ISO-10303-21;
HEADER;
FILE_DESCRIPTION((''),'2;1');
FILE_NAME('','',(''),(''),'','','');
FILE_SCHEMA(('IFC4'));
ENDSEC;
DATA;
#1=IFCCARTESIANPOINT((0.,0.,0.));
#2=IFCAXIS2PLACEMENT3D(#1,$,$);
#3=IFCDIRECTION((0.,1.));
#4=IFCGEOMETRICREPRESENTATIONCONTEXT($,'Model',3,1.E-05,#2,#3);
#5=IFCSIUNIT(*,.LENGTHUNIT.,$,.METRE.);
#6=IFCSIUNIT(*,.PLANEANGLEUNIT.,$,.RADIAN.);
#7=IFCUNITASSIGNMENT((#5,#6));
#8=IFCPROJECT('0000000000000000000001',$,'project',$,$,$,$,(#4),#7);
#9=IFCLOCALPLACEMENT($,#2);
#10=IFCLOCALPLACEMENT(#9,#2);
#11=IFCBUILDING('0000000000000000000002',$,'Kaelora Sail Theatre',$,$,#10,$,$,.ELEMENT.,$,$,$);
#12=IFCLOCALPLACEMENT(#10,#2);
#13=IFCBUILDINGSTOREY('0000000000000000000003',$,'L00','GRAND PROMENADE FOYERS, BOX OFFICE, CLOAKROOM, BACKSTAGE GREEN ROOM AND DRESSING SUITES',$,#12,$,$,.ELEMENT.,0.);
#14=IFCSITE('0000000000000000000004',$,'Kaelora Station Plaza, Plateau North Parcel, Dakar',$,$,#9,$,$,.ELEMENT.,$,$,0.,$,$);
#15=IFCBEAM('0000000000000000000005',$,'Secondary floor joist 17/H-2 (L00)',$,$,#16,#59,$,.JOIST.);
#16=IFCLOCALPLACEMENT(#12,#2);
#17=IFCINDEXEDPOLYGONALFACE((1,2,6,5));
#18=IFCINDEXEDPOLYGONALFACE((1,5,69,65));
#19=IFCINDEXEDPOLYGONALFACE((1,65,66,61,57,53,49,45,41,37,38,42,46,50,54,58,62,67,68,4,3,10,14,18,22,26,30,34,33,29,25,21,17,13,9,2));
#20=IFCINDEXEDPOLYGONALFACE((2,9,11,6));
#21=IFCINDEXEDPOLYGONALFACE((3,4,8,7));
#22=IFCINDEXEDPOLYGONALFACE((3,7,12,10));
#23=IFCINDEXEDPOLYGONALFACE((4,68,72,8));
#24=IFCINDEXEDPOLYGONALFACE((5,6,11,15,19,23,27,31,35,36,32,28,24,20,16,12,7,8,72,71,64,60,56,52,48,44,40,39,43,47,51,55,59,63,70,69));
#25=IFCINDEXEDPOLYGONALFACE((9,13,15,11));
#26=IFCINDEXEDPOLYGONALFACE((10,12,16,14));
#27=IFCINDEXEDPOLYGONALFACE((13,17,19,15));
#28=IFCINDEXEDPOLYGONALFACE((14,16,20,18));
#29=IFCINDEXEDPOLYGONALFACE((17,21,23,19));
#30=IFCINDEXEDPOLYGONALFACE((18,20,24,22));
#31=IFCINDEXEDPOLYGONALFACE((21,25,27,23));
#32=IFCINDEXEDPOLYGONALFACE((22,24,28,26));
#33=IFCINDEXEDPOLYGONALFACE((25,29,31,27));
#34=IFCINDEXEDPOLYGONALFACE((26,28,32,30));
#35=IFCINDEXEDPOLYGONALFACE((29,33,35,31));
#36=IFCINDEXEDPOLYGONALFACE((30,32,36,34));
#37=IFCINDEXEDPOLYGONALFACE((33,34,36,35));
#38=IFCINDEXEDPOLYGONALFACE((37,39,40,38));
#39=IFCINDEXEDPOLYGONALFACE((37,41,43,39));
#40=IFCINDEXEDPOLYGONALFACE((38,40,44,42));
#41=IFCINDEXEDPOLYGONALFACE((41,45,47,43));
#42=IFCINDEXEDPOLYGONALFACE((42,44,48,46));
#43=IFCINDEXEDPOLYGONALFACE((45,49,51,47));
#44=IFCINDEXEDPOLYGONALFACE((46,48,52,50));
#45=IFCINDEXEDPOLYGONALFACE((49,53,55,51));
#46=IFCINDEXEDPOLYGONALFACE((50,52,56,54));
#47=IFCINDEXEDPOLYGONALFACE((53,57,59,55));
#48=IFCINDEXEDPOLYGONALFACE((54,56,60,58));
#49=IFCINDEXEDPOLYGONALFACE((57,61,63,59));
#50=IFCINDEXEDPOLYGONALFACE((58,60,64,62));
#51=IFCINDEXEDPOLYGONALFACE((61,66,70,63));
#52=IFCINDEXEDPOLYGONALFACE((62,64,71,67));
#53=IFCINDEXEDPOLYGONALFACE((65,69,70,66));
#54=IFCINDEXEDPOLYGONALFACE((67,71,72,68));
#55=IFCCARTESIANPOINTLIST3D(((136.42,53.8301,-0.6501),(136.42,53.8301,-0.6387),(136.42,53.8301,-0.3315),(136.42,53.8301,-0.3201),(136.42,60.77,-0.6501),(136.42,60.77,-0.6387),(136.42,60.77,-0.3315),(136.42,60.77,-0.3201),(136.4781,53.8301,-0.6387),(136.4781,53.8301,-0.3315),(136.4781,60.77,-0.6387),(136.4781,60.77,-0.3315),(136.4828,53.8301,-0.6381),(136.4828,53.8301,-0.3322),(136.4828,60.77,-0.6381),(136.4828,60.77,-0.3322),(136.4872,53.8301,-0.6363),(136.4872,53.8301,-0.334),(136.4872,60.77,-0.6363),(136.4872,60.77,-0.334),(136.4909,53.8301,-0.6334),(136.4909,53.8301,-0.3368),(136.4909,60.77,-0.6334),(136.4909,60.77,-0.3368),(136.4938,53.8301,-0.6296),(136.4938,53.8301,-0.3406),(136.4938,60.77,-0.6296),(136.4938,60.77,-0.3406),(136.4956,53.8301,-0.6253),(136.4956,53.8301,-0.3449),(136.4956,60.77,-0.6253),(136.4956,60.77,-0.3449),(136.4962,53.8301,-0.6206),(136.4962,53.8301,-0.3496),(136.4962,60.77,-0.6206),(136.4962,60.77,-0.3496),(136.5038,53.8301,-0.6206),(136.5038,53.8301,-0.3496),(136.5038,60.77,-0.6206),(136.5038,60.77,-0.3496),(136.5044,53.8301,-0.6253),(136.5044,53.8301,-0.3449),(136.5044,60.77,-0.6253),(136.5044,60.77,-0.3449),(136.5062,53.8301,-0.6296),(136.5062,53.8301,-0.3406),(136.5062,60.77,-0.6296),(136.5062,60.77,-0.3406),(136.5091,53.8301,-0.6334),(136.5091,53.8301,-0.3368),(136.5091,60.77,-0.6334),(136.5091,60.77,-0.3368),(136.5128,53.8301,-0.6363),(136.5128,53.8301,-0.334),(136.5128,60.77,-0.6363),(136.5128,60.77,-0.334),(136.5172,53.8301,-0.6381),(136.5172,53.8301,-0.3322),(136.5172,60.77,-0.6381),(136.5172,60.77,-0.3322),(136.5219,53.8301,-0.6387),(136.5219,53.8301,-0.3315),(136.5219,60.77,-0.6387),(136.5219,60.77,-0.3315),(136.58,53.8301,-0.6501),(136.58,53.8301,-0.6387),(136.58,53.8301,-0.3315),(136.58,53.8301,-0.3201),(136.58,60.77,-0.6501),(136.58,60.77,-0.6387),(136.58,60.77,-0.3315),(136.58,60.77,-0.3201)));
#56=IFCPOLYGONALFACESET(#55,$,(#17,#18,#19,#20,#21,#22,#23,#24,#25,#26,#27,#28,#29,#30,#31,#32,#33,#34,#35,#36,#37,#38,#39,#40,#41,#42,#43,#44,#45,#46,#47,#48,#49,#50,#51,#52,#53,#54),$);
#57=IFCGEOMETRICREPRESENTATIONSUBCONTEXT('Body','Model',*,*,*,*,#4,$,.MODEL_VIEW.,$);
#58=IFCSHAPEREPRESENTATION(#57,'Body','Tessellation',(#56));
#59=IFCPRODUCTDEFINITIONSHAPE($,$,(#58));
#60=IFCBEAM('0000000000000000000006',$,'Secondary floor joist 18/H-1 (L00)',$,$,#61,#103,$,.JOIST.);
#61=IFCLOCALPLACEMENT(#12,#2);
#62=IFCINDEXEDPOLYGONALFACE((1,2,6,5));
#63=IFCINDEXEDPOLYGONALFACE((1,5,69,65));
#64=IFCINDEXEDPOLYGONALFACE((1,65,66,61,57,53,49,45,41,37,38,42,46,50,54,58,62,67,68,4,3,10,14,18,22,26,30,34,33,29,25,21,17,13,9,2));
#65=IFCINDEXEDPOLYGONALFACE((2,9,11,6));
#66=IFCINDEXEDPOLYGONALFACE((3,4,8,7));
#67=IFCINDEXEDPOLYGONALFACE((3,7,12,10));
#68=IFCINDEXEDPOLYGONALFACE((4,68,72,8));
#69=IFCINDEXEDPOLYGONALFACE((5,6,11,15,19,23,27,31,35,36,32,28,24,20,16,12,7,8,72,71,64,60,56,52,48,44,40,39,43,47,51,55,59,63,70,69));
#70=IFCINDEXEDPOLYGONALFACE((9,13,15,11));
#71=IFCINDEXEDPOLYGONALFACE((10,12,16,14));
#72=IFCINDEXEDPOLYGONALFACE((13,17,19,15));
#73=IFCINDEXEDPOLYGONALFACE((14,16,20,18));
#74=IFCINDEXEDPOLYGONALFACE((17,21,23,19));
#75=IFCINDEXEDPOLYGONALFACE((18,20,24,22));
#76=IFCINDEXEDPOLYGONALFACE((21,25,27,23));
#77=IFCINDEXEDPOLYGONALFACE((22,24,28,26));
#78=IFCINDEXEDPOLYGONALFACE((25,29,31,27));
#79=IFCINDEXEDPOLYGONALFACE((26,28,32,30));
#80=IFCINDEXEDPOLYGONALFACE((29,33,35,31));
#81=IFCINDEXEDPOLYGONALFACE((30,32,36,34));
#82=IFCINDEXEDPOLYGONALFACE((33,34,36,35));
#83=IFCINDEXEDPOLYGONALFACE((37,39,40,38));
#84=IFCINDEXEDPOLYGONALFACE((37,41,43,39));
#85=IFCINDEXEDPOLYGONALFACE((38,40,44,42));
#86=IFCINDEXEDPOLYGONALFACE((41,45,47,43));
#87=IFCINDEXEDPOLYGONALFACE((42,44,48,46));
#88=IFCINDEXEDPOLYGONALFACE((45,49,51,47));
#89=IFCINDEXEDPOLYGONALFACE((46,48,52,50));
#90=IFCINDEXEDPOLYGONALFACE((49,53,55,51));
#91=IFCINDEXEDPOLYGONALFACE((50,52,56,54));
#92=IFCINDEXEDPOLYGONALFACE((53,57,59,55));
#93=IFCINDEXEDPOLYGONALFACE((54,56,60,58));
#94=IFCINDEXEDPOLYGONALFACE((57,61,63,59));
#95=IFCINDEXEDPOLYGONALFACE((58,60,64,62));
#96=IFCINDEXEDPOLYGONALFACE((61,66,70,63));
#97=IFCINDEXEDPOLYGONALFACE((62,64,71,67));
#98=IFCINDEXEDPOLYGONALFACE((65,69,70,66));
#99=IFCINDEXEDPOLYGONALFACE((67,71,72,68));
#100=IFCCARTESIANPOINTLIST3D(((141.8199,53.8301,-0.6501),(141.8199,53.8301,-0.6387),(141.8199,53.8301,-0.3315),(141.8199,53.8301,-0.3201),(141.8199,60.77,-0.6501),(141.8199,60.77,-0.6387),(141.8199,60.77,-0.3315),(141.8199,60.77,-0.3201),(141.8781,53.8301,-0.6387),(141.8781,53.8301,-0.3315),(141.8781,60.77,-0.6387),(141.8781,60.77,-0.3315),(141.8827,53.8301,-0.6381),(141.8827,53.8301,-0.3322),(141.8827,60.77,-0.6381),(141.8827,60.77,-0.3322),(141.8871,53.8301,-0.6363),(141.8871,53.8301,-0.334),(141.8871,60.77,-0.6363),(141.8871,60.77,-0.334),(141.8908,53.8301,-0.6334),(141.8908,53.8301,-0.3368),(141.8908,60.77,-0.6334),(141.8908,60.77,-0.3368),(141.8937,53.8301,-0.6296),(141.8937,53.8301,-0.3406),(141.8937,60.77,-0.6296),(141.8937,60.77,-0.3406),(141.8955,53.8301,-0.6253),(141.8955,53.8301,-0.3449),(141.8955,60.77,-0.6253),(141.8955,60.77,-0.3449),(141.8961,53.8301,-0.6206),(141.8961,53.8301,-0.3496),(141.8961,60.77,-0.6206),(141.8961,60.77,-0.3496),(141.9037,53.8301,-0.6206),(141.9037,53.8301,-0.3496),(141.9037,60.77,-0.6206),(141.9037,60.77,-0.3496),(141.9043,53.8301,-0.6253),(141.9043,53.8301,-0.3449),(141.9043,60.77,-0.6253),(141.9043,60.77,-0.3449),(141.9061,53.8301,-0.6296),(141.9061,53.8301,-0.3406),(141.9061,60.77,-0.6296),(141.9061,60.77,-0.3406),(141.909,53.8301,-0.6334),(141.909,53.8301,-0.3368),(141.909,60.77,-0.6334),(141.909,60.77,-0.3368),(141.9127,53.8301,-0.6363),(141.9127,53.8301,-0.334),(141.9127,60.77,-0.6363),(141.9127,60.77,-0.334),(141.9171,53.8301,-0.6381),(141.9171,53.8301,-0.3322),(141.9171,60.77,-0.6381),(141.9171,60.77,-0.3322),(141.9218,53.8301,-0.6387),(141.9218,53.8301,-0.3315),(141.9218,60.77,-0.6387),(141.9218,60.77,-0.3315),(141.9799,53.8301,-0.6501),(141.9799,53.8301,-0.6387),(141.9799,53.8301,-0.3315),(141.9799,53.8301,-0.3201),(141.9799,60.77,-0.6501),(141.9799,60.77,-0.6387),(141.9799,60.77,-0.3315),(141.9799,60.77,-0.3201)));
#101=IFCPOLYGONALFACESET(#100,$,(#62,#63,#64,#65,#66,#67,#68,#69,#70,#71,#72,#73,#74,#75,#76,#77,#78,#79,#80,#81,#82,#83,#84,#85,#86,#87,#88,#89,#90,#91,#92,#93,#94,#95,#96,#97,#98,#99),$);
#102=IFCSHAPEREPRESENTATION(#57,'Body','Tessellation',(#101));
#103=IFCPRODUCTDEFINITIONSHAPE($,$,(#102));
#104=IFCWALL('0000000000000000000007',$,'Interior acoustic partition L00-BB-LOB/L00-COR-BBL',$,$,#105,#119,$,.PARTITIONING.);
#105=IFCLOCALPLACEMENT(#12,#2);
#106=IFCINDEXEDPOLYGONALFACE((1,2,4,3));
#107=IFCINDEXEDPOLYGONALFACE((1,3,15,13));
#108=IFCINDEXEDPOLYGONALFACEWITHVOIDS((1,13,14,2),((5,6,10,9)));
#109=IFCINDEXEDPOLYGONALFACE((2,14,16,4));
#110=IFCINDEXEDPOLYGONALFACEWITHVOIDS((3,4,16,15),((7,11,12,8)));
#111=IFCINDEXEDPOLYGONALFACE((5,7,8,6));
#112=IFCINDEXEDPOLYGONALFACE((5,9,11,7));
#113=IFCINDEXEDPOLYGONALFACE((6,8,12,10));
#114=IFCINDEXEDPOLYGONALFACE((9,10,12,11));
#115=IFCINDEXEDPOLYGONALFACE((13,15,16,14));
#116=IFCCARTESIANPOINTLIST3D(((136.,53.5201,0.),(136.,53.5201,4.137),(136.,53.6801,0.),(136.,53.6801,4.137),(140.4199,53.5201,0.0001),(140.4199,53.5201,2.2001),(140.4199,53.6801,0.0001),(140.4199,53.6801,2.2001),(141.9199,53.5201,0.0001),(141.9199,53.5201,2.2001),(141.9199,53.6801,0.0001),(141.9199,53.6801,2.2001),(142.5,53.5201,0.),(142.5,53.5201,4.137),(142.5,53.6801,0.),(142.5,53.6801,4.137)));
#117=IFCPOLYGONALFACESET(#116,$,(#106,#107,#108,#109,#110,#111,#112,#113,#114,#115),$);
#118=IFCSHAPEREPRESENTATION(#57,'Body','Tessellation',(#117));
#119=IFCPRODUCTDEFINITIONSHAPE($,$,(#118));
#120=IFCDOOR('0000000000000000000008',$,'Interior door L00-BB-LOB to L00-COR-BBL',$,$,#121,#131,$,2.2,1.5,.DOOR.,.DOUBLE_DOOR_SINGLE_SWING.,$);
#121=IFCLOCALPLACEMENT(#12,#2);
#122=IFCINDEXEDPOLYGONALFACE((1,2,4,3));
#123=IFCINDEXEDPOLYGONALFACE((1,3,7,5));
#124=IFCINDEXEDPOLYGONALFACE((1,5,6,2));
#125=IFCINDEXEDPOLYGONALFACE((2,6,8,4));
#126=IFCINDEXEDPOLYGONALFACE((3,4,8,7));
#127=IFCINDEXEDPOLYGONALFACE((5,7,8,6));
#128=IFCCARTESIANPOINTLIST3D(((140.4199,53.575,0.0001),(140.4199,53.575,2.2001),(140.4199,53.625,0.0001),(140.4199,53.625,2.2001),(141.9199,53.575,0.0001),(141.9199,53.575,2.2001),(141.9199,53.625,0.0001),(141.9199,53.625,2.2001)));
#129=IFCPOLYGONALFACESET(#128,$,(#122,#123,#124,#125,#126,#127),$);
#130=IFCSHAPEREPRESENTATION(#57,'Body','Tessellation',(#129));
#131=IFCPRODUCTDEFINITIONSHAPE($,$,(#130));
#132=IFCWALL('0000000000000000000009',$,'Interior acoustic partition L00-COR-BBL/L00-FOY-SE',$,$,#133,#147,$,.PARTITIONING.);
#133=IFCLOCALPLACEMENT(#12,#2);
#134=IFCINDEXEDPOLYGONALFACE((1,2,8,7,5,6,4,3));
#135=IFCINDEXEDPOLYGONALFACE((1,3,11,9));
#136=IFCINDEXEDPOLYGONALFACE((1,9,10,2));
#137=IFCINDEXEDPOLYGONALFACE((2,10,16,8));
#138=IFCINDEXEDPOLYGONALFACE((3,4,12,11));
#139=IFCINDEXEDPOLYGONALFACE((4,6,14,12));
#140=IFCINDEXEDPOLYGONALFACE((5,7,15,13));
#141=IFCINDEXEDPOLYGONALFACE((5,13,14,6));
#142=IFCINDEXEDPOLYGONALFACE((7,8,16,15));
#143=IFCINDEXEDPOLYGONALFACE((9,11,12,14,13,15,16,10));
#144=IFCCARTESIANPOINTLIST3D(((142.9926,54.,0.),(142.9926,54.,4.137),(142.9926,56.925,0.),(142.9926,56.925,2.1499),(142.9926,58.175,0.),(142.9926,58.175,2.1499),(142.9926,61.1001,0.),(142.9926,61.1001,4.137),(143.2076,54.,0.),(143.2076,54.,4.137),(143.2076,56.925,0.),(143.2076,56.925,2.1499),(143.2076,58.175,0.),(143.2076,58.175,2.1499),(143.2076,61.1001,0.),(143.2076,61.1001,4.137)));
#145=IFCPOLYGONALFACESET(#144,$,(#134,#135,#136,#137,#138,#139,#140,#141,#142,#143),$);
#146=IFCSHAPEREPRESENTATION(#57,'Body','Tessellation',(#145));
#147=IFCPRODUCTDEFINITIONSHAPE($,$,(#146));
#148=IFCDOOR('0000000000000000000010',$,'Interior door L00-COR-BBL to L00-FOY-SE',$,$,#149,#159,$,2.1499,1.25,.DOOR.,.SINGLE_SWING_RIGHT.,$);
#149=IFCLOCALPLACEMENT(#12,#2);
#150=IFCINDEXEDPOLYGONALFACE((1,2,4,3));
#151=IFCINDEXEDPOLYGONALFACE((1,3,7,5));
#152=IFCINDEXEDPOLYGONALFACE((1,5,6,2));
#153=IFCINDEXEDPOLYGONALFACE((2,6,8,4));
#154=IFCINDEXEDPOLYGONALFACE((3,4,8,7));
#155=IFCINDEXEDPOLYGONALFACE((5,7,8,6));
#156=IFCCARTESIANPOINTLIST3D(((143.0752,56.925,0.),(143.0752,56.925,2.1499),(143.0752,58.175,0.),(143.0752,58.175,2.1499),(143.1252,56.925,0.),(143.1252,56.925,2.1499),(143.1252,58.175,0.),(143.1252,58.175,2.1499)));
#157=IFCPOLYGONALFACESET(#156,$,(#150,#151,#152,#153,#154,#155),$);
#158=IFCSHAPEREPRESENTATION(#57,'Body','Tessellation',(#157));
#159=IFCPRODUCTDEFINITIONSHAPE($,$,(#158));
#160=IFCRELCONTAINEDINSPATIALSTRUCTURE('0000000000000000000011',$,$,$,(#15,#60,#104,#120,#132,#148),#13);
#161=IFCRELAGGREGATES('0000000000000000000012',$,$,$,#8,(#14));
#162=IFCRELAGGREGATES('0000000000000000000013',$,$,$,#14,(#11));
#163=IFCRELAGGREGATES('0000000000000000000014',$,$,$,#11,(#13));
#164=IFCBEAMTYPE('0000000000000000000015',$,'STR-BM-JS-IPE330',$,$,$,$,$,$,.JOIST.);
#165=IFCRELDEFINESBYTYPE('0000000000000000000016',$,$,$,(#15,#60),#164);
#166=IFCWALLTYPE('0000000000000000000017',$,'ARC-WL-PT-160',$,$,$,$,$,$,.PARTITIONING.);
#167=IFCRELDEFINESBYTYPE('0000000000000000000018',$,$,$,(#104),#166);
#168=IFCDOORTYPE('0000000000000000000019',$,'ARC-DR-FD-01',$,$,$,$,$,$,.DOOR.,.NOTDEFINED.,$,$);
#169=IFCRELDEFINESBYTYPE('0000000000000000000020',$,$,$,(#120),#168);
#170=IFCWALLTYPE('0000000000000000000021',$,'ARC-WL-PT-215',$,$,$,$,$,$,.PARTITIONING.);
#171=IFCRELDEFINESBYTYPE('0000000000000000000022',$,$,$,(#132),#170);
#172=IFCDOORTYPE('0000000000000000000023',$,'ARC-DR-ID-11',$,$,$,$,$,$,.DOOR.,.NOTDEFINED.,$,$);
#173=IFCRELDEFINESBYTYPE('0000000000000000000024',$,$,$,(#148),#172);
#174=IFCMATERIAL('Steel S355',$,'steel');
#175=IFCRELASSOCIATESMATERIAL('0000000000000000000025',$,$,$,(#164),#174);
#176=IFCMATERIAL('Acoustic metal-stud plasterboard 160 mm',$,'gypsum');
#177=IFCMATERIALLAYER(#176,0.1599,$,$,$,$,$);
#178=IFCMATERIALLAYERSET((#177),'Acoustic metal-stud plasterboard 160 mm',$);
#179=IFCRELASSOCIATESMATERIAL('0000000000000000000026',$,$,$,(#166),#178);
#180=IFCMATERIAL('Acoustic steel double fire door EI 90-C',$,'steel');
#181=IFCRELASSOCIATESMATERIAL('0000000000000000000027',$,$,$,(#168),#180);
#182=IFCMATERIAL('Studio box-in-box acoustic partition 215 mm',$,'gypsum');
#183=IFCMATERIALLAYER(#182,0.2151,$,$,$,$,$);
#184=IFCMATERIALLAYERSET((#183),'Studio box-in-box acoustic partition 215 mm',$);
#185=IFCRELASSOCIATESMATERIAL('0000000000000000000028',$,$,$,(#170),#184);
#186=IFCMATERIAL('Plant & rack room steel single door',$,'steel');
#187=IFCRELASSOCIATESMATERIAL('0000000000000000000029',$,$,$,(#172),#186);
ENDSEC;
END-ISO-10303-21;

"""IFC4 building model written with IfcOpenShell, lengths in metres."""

from ifc_helpers import new_model, si_unit, direction, frame, frame_2d, origin, origin_2d, place, context, subcontext, project, spatial, rectangle, i_section, extrude, material, layer, layer_set, material_profile, profile_set, type_object, element, fill, save


model = new_model("IFC4")

# Units and contexts
model_context = context("Model", 3, precision=1e-05, world=origin(), true_north=direction((0.0, 1.0)))
body_context = subcontext(model_context, "Body", "Model", "MODEL_VIEW")
ifc_project = project(units=[si_unit("LENGTHUNIT", "METRE"), si_unit("PLANEANGLEUNIT", "RADIAN")], contexts=[model_context])

# Site, building, storey
site_placement = place(None, origin())
site = spatial("IfcSite", under=ifc_project, at=site_placement, Name="Kaelora Station Plaza, Plateau North Parcel, Dakar", CompositionType="ELEMENT", RefElevation=0.0)
building_placement = place(site_placement, origin())
building = spatial("IfcBuilding", under=site, at=building_placement, Name="Kaelora Sail Theatre", CompositionType="ELEMENT")
storey_placement = place(building_placement, origin())
storey = spatial("IfcBuildingStorey", under=building, at=storey_placement, Name="L00", Description="GRAND PROMENADE FOYERS, BOX OFFICE, CLOAKROOM, BACKSTAGE GREEN ROOM AND DRESSING SUITES", CompositionType="ELEMENT", Elevation=0.0)

# Beams
ifc_material_1 = material(Name="Steel S355", Category="steel")
ifc_material_profile_1 = material_profile(ifc_material_1, i_section(OverallWidth=0.1599, OverallDepth=0.3301, WebThickness=0.0076, FlangeThickness=0.0115, FilletRadius=0.0181, at=origin_2d()), Name="IPE 330")
ifc_profile_set_1 = profile_set([ifc_material_profile_1], Name="Steel S355")
beam_type_1 = type_object("IfcBeamType", Name="STR-BM-JS-IPE330", PredefinedType="JOIST", material=ifc_profile_set_1)
for number, where, z_axis, x_axis, name in (
    (1, (136.5, 53.8301, -0.4851), (0.0, 1.0, 0.0), (-1.0, 0.0, 0.0), "Secondary floor joist 17/H-2 (L00)"),
    (2, (141.8999, 53.8301, -0.4851), (0.0, 1.0, 0.0), (-1.0, 0.0, 0.0), "Secondary floor joist 18/H-1 (L00)"),
):
    element("IfcBeam", number, at=place(storey_placement, frame(where, z_axis=z_axis, x_axis=x_axis)), inside=storey, type_object=beam_type_1, Name=name, PredefinedType="JOIST", context=body_context, shape_type="SweptSolid", body=[
        extrude(i_section(OverallWidth=0.1599, OverallDepth=0.3301, WebThickness=0.0076, FlangeThickness=0.0115, FilletRadius=0.0181, at=origin_2d()), origin(), (0.0, 0.0, 1.0), 6.9399),
    ])

# Walls, openings, doors
ifc_material_2 = material(Name="Acoustic metal-stud plasterboard 160 mm", Category="gypsum")
ifc_layer_1 = layer(ifc_material_2, 0.1599)
ifc_layer_set_1 = layer_set([ifc_layer_1], Name="Acoustic metal-stud plasterboard 160 mm")
wall_type_1 = type_object("IfcWallType", Name="ARC-WL-PT-160", PredefinedType="PARTITIONING", material=ifc_layer_set_1)
wall_1_placement = place(storey_placement, frame((136.0, 53.6001, 0.0), z_axis=(0.0, 0.0, 1.0), x_axis=(1.0, 0.0, 0.0)))
wall_1 = element("IfcWall", 3, at=wall_1_placement, inside=storey, type_object=wall_type_1, Name="Interior acoustic partition L00-BB-LOB/L00-COR-BBL", PredefinedType="PARTITIONING", context=body_context, shape_type="SweptSolid", body=[
    extrude(rectangle(XDim=6.5, YDim=0.1599, at=frame_2d((3.25, 0.0))), origin(), (0.0, 0.0, 1.0), 4.137),
])
opening_1_placement = place(wall_1_placement, frame((4.4199, 0.0, 0.0)))
opening_1 = element("IfcOpeningElement", 4, at=opening_1_placement, cuts=wall_1, PredefinedType="OPENING", context=body_context, shape_type="SweptSolid", body=[
    extrude(rectangle(XDim=1.5, YDim=2.2, at=frame_2d((0.75, 1.1001))), frame((0.0, 0.0901, 0.0), z_axis=(0.0, -1.0, 0.0), x_axis=(1.0, 0.0, 0.0)), (0.0, 0.0, 1.0), 0.1799),
])
ifc_material_3 = material(Name="Acoustic steel double fire door EI 90-C", Category="steel")
door_type_1 = type_object("IfcDoorType", Name="ARC-DR-FD-01", OperationType="NOTDEFINED", PredefinedType="DOOR", material=ifc_material_3)
door_1_placement = place(opening_1_placement, origin())
door_1 = element("IfcDoor", 5, at=door_1_placement, inside=storey, type_object=door_type_1, Name="Interior door L00-BB-LOB to L00-COR-BBL", OperationType="DOUBLE_DOOR_SINGLE_SWING", OverallHeight=2.2, OverallWidth=1.5, PredefinedType="DOOR", context=body_context, shape_type="SweptSolid", body=[
    extrude(rectangle(XDim=1.5, YDim=2.2, at=frame_2d((0.75, 1.1001))), frame((0.0, 0.0249, 0.0), z_axis=(0.0, -1.0, 0.0), x_axis=(1.0, 0.0, 0.0)), (0.0, 0.0, 1.0), 0.05),
])
fill(opening_1, door_1)
ifc_material_4 = material(Name="Studio box-in-box acoustic partition 215 mm", Category="gypsum")
ifc_layer_2 = layer(ifc_material_4, 0.2151)
ifc_layer_set_2 = layer_set([ifc_layer_2], Name="Studio box-in-box acoustic partition 215 mm")
wall_type_2 = type_object("IfcWallType", Name="ARC-WL-PT-215", PredefinedType="PARTITIONING", material=ifc_layer_set_2)
wall_2_placement = place(storey_placement, frame((143.1001, 54.0, 0.0), z_axis=(0.0, 0.0, 1.0), x_axis=(0.0, 1.0, 0.0)))
wall_2 = element("IfcWall", 6, at=wall_2_placement, inside=storey, type_object=wall_type_2, Name="Interior acoustic partition L00-COR-BBL/L00-FOY-SE", PredefinedType="PARTITIONING", context=body_context, shape_type="SweptSolid", body=[
    extrude(rectangle(XDim=7.1001, YDim=0.2151, at=frame_2d((3.55, 0.0))), origin(), (0.0, 0.0, 1.0), 4.137),
])
opening_2_placement = place(wall_2_placement, frame((2.925, 0.0, 0.0)))
opening_2 = element("IfcOpeningElement", 7, at=opening_2_placement, cuts=wall_2, PredefinedType="OPENING", context=body_context, shape_type="SweptSolid", body=[
    extrude(rectangle(XDim=1.25, YDim=2.1499, at=frame_2d((0.625, 1.075))), frame((0.0, 0.1174, 0.0), z_axis=(0.0, -1.0, 0.0), x_axis=(1.0, 0.0, 0.0)), (0.0, 0.0, 1.0), 0.2351),
])
ifc_material_5 = material(Name="Plant & rack room steel single door", Category="steel")
door_type_2 = type_object("IfcDoorType", Name="ARC-DR-ID-11", OperationType="NOTDEFINED", PredefinedType="DOOR", material=ifc_material_5)
door_2_placement = place(opening_2_placement, origin())
door_2 = element("IfcDoor", 8, at=door_2_placement, inside=storey, type_object=door_type_2, Name="Interior door L00-COR-BBL to L00-FOY-SE", OperationType="SINGLE_SWING_RIGHT", OverallHeight=2.1499, OverallWidth=1.25, PredefinedType="DOOR", context=body_context, shape_type="SweptSolid", body=[
    extrude(rectangle(XDim=1.25, YDim=2.1499, at=frame_2d((0.625, 1.075))), frame((0.0, 0.0249, 0.0), z_axis=(0.0, -1.0, 0.0), x_axis=(1.0, 0.0, 0.0)), (0.0, 0.0, 1.0), 0.05),
])
fill(opening_2, door_2)

save(model, "model.ifc")
